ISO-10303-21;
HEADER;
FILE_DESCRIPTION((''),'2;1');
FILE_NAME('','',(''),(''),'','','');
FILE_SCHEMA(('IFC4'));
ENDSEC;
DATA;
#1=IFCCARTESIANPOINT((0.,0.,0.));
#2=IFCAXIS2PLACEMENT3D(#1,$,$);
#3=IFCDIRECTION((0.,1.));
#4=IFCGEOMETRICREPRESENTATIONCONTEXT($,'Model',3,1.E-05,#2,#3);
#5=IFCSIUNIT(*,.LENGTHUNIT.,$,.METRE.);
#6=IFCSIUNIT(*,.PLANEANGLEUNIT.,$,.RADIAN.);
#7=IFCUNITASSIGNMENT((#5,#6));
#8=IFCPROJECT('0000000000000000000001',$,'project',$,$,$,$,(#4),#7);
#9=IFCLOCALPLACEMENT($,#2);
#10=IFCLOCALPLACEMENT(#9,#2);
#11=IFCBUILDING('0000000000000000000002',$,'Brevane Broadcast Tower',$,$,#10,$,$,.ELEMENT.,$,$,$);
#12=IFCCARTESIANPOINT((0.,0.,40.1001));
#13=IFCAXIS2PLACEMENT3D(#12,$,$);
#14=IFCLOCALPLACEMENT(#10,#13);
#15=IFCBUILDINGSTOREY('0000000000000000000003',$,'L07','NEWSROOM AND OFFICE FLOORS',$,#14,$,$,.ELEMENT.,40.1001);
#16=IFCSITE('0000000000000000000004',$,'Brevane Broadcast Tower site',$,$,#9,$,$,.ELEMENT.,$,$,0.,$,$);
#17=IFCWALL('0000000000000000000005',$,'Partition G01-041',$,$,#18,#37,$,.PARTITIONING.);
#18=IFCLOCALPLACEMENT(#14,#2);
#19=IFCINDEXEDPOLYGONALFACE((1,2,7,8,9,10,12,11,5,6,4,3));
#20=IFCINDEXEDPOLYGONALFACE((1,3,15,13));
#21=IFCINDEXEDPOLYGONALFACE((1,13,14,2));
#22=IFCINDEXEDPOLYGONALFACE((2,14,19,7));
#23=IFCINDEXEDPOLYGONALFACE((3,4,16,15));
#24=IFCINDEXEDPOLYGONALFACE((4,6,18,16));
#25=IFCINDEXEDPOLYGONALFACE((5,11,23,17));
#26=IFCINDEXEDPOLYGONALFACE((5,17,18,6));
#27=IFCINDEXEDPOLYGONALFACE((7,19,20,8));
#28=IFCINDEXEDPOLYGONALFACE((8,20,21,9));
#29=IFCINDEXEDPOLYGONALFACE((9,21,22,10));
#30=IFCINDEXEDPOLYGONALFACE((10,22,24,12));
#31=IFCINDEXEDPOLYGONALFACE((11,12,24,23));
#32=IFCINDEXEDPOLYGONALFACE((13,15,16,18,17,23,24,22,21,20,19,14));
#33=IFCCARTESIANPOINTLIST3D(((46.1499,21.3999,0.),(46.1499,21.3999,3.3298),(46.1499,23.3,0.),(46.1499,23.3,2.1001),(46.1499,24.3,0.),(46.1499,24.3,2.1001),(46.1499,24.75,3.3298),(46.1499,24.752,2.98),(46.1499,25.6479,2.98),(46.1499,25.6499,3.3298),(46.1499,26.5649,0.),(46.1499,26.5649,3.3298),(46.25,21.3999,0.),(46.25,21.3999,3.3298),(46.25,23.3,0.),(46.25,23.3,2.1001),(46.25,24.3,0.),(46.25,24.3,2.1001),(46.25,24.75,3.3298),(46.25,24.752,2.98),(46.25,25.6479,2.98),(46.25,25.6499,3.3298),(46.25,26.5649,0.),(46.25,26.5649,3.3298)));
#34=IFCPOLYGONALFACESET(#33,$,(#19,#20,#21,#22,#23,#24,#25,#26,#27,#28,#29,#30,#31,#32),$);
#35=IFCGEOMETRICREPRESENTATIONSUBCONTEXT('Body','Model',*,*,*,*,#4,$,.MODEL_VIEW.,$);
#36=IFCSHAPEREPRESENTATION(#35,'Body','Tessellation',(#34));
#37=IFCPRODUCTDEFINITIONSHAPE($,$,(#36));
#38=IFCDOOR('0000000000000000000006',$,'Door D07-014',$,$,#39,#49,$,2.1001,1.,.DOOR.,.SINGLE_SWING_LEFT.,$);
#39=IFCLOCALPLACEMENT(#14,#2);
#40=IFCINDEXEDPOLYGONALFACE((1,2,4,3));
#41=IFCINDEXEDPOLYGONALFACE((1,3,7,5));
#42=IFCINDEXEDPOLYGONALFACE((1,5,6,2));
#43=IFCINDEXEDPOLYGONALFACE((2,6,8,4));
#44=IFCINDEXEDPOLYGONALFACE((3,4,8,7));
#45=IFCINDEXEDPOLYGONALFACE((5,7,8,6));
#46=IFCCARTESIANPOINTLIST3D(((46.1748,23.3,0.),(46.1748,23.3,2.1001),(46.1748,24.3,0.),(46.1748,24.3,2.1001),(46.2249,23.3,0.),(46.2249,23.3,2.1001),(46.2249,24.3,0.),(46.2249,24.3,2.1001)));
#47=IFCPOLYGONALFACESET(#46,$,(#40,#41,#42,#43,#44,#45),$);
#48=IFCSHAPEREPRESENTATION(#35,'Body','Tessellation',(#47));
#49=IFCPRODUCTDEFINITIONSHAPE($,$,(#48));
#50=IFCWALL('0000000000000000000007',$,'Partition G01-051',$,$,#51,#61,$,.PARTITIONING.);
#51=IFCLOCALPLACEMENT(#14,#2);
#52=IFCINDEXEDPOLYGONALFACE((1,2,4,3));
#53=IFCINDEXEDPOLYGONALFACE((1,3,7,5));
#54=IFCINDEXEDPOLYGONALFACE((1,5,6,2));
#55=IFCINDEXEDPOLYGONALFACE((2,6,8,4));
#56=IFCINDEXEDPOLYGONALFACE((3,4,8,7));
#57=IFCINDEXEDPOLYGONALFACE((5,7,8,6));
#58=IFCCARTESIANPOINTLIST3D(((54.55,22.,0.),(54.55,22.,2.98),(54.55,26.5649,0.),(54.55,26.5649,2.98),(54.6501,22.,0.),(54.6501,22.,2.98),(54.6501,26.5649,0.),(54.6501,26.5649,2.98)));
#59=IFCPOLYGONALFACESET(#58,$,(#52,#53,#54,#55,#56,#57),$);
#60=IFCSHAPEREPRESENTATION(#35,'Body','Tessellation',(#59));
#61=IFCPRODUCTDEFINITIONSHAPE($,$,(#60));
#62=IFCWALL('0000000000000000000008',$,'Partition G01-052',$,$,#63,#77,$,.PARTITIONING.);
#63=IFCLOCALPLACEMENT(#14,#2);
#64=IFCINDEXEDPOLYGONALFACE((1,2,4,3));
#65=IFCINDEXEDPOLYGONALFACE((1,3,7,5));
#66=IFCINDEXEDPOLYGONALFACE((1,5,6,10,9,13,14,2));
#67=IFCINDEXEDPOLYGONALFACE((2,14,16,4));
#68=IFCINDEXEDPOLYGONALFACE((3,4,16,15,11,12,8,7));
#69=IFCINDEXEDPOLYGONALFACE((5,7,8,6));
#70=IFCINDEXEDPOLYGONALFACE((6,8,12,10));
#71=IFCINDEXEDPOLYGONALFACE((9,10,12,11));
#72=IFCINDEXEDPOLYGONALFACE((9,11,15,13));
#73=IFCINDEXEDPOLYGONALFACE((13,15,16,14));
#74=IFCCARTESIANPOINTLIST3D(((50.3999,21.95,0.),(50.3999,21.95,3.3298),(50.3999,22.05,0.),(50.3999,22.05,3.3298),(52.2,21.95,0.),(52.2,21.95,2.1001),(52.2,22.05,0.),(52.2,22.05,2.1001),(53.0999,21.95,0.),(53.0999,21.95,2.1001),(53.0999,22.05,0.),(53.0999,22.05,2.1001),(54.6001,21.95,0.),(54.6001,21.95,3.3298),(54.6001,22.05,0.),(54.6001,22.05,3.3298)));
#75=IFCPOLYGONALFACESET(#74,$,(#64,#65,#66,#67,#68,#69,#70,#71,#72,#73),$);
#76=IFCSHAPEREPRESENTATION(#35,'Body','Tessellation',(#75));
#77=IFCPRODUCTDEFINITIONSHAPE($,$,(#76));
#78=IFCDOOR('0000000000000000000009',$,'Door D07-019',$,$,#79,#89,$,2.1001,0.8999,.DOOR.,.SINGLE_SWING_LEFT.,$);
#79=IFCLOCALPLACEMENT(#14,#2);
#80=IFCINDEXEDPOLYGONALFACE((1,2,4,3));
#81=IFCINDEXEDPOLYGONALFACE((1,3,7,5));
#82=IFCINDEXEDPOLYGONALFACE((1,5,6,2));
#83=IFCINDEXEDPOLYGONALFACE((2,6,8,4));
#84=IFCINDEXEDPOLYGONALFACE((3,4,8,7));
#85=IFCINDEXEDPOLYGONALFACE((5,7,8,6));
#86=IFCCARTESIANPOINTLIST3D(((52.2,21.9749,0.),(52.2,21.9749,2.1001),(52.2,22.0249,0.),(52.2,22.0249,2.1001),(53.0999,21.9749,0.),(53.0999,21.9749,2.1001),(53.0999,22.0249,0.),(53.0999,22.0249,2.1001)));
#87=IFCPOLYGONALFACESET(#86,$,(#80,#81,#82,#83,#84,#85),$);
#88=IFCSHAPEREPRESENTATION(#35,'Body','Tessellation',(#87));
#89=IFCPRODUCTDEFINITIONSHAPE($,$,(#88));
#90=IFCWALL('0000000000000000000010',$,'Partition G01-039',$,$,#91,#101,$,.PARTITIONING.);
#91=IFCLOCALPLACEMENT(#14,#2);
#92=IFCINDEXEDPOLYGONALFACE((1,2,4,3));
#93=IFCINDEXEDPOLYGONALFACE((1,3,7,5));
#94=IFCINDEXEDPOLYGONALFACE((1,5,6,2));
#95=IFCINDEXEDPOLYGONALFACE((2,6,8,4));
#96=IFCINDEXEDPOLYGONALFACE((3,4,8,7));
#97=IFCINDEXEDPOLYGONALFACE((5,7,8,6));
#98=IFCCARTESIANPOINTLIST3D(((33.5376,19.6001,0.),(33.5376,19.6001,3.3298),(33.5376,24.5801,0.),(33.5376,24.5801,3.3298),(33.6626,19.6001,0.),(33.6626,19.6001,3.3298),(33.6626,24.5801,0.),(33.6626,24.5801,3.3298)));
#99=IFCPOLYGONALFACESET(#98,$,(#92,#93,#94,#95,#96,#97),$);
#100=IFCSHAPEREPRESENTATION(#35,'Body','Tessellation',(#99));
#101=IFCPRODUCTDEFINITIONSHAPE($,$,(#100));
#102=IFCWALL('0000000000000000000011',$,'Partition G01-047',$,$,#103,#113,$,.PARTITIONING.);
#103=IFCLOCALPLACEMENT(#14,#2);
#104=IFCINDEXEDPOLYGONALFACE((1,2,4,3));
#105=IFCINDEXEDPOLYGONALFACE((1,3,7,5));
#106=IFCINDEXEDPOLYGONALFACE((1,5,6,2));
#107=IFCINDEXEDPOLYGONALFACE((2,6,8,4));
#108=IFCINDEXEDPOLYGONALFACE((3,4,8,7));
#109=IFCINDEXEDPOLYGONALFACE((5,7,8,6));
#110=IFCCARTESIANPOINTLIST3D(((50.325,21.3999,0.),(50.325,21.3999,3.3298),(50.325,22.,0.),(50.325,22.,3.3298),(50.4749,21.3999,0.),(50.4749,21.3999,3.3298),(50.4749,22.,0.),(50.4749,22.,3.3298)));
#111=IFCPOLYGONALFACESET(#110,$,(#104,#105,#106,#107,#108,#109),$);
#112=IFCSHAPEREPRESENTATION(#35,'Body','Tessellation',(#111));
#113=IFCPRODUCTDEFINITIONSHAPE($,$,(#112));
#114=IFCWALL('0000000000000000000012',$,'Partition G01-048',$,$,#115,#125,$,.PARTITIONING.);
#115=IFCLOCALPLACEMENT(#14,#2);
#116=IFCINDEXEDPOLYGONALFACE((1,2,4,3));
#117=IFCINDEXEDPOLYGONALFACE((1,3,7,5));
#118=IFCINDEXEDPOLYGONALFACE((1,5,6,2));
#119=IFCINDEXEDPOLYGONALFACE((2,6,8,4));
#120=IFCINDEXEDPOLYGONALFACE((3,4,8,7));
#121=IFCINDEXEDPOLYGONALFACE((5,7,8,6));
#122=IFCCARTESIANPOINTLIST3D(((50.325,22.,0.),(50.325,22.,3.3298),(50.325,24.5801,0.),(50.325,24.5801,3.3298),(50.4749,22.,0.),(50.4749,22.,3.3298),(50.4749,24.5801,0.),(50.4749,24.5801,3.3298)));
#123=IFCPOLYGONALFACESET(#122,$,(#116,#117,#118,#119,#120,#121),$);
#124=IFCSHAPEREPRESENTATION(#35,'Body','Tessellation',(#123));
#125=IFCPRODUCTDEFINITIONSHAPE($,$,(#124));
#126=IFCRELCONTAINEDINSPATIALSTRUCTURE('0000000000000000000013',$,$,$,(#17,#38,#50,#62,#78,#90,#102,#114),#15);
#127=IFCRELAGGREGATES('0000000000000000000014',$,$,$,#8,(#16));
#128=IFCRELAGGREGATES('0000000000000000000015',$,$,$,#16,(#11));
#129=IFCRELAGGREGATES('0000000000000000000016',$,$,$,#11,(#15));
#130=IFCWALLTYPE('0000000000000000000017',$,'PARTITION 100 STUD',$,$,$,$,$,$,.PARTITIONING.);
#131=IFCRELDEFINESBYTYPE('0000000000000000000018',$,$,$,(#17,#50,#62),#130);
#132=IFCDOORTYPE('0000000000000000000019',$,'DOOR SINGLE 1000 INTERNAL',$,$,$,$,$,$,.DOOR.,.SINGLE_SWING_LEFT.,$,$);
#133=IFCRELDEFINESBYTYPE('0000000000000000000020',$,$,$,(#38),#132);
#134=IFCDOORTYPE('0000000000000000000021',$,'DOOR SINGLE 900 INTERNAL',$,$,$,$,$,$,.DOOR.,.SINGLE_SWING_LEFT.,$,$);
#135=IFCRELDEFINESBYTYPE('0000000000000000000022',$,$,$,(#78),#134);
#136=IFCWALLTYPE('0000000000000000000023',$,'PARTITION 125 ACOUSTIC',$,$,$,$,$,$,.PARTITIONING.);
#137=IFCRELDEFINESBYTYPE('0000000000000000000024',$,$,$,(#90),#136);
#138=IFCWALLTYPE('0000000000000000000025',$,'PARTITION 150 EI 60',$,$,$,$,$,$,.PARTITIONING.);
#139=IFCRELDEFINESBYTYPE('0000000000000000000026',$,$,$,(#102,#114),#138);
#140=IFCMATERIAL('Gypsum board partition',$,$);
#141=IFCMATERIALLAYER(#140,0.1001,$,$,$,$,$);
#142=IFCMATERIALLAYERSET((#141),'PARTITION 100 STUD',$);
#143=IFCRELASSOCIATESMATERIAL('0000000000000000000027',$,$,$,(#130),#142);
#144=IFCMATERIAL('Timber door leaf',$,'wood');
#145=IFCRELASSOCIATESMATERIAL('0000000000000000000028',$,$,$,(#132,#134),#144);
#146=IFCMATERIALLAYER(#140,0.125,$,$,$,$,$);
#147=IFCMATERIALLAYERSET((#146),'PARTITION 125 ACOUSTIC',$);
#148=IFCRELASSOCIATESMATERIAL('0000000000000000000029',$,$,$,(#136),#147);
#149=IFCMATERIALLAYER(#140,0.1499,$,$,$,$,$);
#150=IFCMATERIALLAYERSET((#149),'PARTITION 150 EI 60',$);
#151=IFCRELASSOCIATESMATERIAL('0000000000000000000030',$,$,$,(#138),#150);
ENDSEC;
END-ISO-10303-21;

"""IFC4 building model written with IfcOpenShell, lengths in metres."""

from ifc_helpers import new_model, si_unit, direction, frame, frame_2d, origin, place, context, subcontext, project, spatial, polyline, rectangle, outline, extrude, material, layer, layer_set, type_object, element, fill, save


model = new_model("IFC4")

# Units and contexts
model_context = context("Model", 3, precision=1e-05, world=origin(), true_north=direction((0.0, 1.0)))
body_context = subcontext(model_context, "Body", "Model", "MODEL_VIEW")
ifc_project = project(units=[si_unit("LENGTHUNIT", "METRE"), si_unit("PLANEANGLEUNIT", "RADIAN")], contexts=[model_context])

# Site, building, storey
site_placement = place(None, origin())
site = spatial("IfcSite", under=ifc_project, at=site_placement, Name="Brevane Broadcast Tower site", CompositionType="ELEMENT", RefElevation=0.0)
building_placement = place(site_placement, origin())
building = spatial("IfcBuilding", under=site, at=building_placement, Name="Brevane Broadcast Tower", CompositionType="ELEMENT")
storey_placement = place(building_placement, frame((0.0, 0.0, 40.1001)))
storey = spatial("IfcBuildingStorey", under=building, at=storey_placement, Name="L07", Description="NEWSROOM AND OFFICE FLOORS", CompositionType="ELEMENT", Elevation=40.1001)

# Shared definitions
ifc_material_1 = material(Name="Gypsum board partition")
ifc_layer_1 = layer(ifc_material_1, 0.1001)
ifc_layer_set_1 = layer_set([ifc_layer_1], Name="PARTITION 100 STUD")
wall_type_1 = type_object("IfcWallType", Name="PARTITION 100 STUD", PredefinedType="PARTITIONING", material=ifc_layer_set_1)

# Wall, opening, door
wall_1_placement = place(storey_placement, frame((46.2, 26.5649, 0.0), z_axis=(0.0, 0.0, 1.0), x_axis=(0.0, -1.0, 0.0)))
wall_1 = element("IfcWall", 1, at=wall_1_placement, inside=storey, type_object=wall_type_1, Name="Partition G01-041", PredefinedType="PARTITIONING", context=body_context, shape_type="SweptSolid", body=[
    extrude(outline(polyline([(0.0, 0.0), (5.165, 0.0), (5.165, 3.3298), (1.8149, 3.3298), (1.813, 2.98), (0.917, 2.98), (0.915, 3.3298), (0.2649, 3.3298), (0.0, 3.3298), (0.0, 0.0)])), frame((0.0, 0.05, 0.0), z_axis=(0.0, -1.0, 0.0), x_axis=(1.0, 0.0, 0.0)), (0.0, 0.0, 1.0), 0.1001),
])
opening_1_placement = place(wall_1_placement, frame((2.2649, 0.0, 0.0)))
opening_1 = element("IfcOpeningElement", 2, at=opening_1_placement, cuts=wall_1, PredefinedType="OPENING", context=body_context, shape_type="SweptSolid", body=[
    extrude(rectangle(XDim=1.0, YDim=2.1001, at=frame_2d((0.5, 1.05))), frame((0.0, 0.0601, 0.0), z_axis=(0.0, -1.0, 0.0), x_axis=(1.0, 0.0, 0.0)), (0.0, 0.0, 1.0), 0.1201),
])
ifc_material_2 = material(Name="Timber door leaf", Category="wood")
door_type_1 = type_object("IfcDoorType", Name="DOOR SINGLE 1000 INTERNAL", OperationType="SINGLE_SWING_LEFT", PredefinedType="DOOR", material=ifc_material_2)
door_1_placement = place(opening_1_placement, origin())
door_1 = element("IfcDoor", 3, at=door_1_placement, inside=storey, type_object=door_type_1, Name="Door D07-014", OperationType="SINGLE_SWING_LEFT", OverallHeight=2.1001, OverallWidth=1.0, PredefinedType="DOOR", context=body_context, shape_type="SweptSolid", body=[
    extrude(rectangle(XDim=1.0, YDim=2.1001, at=frame_2d((0.5, 1.05))), frame((0.0, 0.0249, 0.0), z_axis=(0.0, -1.0, 0.0), x_axis=(1.0, 0.0, 0.0)), (0.0, 0.0, 1.0), 0.05),
])
fill(opening_1, door_1)

# Wall
wall_2_placement = place(storey_placement, frame((54.6001, 22.0, 0.0), z_axis=(0.0, 0.0, 1.0), x_axis=(0.0, 1.0, 0.0)))
element("IfcWall", 4, at=wall_2_placement, inside=storey, type_object=wall_type_1, Name="Partition G01-051", PredefinedType="PARTITIONING", context=body_context, shape_type="SweptSolid", body=[
    extrude(rectangle(XDim=4.5649, YDim=0.1001, at=frame_2d((2.2825, 0.0))), origin(), (0.0, 0.0, 1.0), 2.98),
])

# Wall, opening, door
wall_3_placement = place(storey_placement, frame((50.3999, 22.0, 0.0), z_axis=(0.0, 0.0, 1.0), x_axis=(1.0, 0.0, 0.0)))
wall_3 = element("IfcWall", 5, at=wall_3_placement, inside=storey, type_object=wall_type_1, Name="Partition G01-052", PredefinedType="PARTITIONING", context=body_context, shape_type="SweptSolid", body=[
    extrude(rectangle(XDim=4.2002, YDim=0.1001, at=frame_2d((2.1001, 0.0))), origin(), (0.0, 0.0, 1.0), 3.3298),
])
opening_2_placement = place(wall_3_placement, frame((1.8, 0.0, 0.0)))
opening_2 = element("IfcOpeningElement", 6, at=opening_2_placement, cuts=wall_3, PredefinedType="OPENING", context=body_context, shape_type="SweptSolid", body=[
    extrude(rectangle(XDim=0.8999, YDim=2.1001, at=frame_2d((0.45, 1.05))), frame((0.0, 0.0601, 0.0), z_axis=(0.0, -1.0, 0.0), x_axis=(1.0, 0.0, 0.0)), (0.0, 0.0, 1.0), 0.1201),
])
door_type_2 = type_object("IfcDoorType", Name="DOOR SINGLE 900 INTERNAL", OperationType="SINGLE_SWING_LEFT", PredefinedType="DOOR", material=ifc_material_2)
door_2_placement = place(opening_2_placement, origin())
door_2 = element("IfcDoor", 7, at=door_2_placement, inside=storey, type_object=door_type_2, Name="Door D07-019", OperationType="SINGLE_SWING_LEFT", OverallHeight=2.1001, OverallWidth=0.8999, PredefinedType="DOOR", context=body_context, shape_type="SweptSolid", body=[
    extrude(rectangle(XDim=0.8999, YDim=2.1001, at=frame_2d((0.45, 1.05))), frame((0.0, 0.0249, 0.0), z_axis=(0.0, -1.0, 0.0), x_axis=(1.0, 0.0, 0.0)), (0.0, 0.0, 1.0), 0.05),
])
fill(opening_2, door_2)

# Walls
ifc_layer_2 = layer(ifc_material_1, 0.125)
ifc_layer_set_2 = layer_set([ifc_layer_2], Name="PARTITION 125 ACOUSTIC")
wall_type_2 = type_object("IfcWallType", Name="PARTITION 125 ACOUSTIC", PredefinedType="PARTITIONING", material=ifc_layer_set_2)
wall_4_placement = place(storey_placement, frame((33.6001, 24.5801, 0.0), z_axis=(0.0, 0.0, 1.0), x_axis=(0.0, -1.0, 0.0)))
element("IfcWall", 8, at=wall_4_placement, inside=storey, type_object=wall_type_2, Name="Partition G01-039", PredefinedType="PARTITIONING", context=body_context, shape_type="SweptSolid", body=[
    extrude(rectangle(XDim=4.98, YDim=0.125, at=frame_2d((2.49, 0.0))), origin(), (0.0, 0.0, 1.0), 3.3298),
])
ifc_layer_3 = layer(ifc_material_1, 0.1499)
ifc_layer_set_3 = layer_set([ifc_layer_3], Name="PARTITION 150 EI 60")
wall_type_3 = type_object("IfcWallType", Name="PARTITION 150 EI 60", PredefinedType="PARTITIONING", material=ifc_layer_set_3)
wall_5_placement = place(storey_placement, frame((50.3999, 22.0, 0.0), z_axis=(0.0, 0.0, 1.0), x_axis=(0.0, -1.0, 0.0)))
element("IfcWall", 9, at=wall_5_placement, inside=storey, type_object=wall_type_3, Name="Partition G01-047", PredefinedType="PARTITIONING", context=body_context, shape_type="SweptSolid", body=[
    extrude(rectangle(XDim=0.6001, YDim=0.1499, at=frame_2d((0.3, 0.0))), origin(), (0.0, 0.0, 1.0), 3.3298),
])
wall_6_placement = place(storey_placement, frame((50.3999, 24.5801, 0.0), z_axis=(0.0, 0.0, 1.0), x_axis=(0.0, -1.0, 0.0)))
element("IfcWall", 10, at=wall_6_placement, inside=storey, type_object=wall_type_3, Name="Partition G01-048", PredefinedType="PARTITIONING", context=body_context, shape_type="SweptSolid", body=[
    extrude(rectangle(XDim=2.5801, YDim=0.1499, at=frame_2d((1.29, 0.0))), origin(), (0.0, 0.0, 1.0), 3.3298),
])

save(model, "model.ifc")
